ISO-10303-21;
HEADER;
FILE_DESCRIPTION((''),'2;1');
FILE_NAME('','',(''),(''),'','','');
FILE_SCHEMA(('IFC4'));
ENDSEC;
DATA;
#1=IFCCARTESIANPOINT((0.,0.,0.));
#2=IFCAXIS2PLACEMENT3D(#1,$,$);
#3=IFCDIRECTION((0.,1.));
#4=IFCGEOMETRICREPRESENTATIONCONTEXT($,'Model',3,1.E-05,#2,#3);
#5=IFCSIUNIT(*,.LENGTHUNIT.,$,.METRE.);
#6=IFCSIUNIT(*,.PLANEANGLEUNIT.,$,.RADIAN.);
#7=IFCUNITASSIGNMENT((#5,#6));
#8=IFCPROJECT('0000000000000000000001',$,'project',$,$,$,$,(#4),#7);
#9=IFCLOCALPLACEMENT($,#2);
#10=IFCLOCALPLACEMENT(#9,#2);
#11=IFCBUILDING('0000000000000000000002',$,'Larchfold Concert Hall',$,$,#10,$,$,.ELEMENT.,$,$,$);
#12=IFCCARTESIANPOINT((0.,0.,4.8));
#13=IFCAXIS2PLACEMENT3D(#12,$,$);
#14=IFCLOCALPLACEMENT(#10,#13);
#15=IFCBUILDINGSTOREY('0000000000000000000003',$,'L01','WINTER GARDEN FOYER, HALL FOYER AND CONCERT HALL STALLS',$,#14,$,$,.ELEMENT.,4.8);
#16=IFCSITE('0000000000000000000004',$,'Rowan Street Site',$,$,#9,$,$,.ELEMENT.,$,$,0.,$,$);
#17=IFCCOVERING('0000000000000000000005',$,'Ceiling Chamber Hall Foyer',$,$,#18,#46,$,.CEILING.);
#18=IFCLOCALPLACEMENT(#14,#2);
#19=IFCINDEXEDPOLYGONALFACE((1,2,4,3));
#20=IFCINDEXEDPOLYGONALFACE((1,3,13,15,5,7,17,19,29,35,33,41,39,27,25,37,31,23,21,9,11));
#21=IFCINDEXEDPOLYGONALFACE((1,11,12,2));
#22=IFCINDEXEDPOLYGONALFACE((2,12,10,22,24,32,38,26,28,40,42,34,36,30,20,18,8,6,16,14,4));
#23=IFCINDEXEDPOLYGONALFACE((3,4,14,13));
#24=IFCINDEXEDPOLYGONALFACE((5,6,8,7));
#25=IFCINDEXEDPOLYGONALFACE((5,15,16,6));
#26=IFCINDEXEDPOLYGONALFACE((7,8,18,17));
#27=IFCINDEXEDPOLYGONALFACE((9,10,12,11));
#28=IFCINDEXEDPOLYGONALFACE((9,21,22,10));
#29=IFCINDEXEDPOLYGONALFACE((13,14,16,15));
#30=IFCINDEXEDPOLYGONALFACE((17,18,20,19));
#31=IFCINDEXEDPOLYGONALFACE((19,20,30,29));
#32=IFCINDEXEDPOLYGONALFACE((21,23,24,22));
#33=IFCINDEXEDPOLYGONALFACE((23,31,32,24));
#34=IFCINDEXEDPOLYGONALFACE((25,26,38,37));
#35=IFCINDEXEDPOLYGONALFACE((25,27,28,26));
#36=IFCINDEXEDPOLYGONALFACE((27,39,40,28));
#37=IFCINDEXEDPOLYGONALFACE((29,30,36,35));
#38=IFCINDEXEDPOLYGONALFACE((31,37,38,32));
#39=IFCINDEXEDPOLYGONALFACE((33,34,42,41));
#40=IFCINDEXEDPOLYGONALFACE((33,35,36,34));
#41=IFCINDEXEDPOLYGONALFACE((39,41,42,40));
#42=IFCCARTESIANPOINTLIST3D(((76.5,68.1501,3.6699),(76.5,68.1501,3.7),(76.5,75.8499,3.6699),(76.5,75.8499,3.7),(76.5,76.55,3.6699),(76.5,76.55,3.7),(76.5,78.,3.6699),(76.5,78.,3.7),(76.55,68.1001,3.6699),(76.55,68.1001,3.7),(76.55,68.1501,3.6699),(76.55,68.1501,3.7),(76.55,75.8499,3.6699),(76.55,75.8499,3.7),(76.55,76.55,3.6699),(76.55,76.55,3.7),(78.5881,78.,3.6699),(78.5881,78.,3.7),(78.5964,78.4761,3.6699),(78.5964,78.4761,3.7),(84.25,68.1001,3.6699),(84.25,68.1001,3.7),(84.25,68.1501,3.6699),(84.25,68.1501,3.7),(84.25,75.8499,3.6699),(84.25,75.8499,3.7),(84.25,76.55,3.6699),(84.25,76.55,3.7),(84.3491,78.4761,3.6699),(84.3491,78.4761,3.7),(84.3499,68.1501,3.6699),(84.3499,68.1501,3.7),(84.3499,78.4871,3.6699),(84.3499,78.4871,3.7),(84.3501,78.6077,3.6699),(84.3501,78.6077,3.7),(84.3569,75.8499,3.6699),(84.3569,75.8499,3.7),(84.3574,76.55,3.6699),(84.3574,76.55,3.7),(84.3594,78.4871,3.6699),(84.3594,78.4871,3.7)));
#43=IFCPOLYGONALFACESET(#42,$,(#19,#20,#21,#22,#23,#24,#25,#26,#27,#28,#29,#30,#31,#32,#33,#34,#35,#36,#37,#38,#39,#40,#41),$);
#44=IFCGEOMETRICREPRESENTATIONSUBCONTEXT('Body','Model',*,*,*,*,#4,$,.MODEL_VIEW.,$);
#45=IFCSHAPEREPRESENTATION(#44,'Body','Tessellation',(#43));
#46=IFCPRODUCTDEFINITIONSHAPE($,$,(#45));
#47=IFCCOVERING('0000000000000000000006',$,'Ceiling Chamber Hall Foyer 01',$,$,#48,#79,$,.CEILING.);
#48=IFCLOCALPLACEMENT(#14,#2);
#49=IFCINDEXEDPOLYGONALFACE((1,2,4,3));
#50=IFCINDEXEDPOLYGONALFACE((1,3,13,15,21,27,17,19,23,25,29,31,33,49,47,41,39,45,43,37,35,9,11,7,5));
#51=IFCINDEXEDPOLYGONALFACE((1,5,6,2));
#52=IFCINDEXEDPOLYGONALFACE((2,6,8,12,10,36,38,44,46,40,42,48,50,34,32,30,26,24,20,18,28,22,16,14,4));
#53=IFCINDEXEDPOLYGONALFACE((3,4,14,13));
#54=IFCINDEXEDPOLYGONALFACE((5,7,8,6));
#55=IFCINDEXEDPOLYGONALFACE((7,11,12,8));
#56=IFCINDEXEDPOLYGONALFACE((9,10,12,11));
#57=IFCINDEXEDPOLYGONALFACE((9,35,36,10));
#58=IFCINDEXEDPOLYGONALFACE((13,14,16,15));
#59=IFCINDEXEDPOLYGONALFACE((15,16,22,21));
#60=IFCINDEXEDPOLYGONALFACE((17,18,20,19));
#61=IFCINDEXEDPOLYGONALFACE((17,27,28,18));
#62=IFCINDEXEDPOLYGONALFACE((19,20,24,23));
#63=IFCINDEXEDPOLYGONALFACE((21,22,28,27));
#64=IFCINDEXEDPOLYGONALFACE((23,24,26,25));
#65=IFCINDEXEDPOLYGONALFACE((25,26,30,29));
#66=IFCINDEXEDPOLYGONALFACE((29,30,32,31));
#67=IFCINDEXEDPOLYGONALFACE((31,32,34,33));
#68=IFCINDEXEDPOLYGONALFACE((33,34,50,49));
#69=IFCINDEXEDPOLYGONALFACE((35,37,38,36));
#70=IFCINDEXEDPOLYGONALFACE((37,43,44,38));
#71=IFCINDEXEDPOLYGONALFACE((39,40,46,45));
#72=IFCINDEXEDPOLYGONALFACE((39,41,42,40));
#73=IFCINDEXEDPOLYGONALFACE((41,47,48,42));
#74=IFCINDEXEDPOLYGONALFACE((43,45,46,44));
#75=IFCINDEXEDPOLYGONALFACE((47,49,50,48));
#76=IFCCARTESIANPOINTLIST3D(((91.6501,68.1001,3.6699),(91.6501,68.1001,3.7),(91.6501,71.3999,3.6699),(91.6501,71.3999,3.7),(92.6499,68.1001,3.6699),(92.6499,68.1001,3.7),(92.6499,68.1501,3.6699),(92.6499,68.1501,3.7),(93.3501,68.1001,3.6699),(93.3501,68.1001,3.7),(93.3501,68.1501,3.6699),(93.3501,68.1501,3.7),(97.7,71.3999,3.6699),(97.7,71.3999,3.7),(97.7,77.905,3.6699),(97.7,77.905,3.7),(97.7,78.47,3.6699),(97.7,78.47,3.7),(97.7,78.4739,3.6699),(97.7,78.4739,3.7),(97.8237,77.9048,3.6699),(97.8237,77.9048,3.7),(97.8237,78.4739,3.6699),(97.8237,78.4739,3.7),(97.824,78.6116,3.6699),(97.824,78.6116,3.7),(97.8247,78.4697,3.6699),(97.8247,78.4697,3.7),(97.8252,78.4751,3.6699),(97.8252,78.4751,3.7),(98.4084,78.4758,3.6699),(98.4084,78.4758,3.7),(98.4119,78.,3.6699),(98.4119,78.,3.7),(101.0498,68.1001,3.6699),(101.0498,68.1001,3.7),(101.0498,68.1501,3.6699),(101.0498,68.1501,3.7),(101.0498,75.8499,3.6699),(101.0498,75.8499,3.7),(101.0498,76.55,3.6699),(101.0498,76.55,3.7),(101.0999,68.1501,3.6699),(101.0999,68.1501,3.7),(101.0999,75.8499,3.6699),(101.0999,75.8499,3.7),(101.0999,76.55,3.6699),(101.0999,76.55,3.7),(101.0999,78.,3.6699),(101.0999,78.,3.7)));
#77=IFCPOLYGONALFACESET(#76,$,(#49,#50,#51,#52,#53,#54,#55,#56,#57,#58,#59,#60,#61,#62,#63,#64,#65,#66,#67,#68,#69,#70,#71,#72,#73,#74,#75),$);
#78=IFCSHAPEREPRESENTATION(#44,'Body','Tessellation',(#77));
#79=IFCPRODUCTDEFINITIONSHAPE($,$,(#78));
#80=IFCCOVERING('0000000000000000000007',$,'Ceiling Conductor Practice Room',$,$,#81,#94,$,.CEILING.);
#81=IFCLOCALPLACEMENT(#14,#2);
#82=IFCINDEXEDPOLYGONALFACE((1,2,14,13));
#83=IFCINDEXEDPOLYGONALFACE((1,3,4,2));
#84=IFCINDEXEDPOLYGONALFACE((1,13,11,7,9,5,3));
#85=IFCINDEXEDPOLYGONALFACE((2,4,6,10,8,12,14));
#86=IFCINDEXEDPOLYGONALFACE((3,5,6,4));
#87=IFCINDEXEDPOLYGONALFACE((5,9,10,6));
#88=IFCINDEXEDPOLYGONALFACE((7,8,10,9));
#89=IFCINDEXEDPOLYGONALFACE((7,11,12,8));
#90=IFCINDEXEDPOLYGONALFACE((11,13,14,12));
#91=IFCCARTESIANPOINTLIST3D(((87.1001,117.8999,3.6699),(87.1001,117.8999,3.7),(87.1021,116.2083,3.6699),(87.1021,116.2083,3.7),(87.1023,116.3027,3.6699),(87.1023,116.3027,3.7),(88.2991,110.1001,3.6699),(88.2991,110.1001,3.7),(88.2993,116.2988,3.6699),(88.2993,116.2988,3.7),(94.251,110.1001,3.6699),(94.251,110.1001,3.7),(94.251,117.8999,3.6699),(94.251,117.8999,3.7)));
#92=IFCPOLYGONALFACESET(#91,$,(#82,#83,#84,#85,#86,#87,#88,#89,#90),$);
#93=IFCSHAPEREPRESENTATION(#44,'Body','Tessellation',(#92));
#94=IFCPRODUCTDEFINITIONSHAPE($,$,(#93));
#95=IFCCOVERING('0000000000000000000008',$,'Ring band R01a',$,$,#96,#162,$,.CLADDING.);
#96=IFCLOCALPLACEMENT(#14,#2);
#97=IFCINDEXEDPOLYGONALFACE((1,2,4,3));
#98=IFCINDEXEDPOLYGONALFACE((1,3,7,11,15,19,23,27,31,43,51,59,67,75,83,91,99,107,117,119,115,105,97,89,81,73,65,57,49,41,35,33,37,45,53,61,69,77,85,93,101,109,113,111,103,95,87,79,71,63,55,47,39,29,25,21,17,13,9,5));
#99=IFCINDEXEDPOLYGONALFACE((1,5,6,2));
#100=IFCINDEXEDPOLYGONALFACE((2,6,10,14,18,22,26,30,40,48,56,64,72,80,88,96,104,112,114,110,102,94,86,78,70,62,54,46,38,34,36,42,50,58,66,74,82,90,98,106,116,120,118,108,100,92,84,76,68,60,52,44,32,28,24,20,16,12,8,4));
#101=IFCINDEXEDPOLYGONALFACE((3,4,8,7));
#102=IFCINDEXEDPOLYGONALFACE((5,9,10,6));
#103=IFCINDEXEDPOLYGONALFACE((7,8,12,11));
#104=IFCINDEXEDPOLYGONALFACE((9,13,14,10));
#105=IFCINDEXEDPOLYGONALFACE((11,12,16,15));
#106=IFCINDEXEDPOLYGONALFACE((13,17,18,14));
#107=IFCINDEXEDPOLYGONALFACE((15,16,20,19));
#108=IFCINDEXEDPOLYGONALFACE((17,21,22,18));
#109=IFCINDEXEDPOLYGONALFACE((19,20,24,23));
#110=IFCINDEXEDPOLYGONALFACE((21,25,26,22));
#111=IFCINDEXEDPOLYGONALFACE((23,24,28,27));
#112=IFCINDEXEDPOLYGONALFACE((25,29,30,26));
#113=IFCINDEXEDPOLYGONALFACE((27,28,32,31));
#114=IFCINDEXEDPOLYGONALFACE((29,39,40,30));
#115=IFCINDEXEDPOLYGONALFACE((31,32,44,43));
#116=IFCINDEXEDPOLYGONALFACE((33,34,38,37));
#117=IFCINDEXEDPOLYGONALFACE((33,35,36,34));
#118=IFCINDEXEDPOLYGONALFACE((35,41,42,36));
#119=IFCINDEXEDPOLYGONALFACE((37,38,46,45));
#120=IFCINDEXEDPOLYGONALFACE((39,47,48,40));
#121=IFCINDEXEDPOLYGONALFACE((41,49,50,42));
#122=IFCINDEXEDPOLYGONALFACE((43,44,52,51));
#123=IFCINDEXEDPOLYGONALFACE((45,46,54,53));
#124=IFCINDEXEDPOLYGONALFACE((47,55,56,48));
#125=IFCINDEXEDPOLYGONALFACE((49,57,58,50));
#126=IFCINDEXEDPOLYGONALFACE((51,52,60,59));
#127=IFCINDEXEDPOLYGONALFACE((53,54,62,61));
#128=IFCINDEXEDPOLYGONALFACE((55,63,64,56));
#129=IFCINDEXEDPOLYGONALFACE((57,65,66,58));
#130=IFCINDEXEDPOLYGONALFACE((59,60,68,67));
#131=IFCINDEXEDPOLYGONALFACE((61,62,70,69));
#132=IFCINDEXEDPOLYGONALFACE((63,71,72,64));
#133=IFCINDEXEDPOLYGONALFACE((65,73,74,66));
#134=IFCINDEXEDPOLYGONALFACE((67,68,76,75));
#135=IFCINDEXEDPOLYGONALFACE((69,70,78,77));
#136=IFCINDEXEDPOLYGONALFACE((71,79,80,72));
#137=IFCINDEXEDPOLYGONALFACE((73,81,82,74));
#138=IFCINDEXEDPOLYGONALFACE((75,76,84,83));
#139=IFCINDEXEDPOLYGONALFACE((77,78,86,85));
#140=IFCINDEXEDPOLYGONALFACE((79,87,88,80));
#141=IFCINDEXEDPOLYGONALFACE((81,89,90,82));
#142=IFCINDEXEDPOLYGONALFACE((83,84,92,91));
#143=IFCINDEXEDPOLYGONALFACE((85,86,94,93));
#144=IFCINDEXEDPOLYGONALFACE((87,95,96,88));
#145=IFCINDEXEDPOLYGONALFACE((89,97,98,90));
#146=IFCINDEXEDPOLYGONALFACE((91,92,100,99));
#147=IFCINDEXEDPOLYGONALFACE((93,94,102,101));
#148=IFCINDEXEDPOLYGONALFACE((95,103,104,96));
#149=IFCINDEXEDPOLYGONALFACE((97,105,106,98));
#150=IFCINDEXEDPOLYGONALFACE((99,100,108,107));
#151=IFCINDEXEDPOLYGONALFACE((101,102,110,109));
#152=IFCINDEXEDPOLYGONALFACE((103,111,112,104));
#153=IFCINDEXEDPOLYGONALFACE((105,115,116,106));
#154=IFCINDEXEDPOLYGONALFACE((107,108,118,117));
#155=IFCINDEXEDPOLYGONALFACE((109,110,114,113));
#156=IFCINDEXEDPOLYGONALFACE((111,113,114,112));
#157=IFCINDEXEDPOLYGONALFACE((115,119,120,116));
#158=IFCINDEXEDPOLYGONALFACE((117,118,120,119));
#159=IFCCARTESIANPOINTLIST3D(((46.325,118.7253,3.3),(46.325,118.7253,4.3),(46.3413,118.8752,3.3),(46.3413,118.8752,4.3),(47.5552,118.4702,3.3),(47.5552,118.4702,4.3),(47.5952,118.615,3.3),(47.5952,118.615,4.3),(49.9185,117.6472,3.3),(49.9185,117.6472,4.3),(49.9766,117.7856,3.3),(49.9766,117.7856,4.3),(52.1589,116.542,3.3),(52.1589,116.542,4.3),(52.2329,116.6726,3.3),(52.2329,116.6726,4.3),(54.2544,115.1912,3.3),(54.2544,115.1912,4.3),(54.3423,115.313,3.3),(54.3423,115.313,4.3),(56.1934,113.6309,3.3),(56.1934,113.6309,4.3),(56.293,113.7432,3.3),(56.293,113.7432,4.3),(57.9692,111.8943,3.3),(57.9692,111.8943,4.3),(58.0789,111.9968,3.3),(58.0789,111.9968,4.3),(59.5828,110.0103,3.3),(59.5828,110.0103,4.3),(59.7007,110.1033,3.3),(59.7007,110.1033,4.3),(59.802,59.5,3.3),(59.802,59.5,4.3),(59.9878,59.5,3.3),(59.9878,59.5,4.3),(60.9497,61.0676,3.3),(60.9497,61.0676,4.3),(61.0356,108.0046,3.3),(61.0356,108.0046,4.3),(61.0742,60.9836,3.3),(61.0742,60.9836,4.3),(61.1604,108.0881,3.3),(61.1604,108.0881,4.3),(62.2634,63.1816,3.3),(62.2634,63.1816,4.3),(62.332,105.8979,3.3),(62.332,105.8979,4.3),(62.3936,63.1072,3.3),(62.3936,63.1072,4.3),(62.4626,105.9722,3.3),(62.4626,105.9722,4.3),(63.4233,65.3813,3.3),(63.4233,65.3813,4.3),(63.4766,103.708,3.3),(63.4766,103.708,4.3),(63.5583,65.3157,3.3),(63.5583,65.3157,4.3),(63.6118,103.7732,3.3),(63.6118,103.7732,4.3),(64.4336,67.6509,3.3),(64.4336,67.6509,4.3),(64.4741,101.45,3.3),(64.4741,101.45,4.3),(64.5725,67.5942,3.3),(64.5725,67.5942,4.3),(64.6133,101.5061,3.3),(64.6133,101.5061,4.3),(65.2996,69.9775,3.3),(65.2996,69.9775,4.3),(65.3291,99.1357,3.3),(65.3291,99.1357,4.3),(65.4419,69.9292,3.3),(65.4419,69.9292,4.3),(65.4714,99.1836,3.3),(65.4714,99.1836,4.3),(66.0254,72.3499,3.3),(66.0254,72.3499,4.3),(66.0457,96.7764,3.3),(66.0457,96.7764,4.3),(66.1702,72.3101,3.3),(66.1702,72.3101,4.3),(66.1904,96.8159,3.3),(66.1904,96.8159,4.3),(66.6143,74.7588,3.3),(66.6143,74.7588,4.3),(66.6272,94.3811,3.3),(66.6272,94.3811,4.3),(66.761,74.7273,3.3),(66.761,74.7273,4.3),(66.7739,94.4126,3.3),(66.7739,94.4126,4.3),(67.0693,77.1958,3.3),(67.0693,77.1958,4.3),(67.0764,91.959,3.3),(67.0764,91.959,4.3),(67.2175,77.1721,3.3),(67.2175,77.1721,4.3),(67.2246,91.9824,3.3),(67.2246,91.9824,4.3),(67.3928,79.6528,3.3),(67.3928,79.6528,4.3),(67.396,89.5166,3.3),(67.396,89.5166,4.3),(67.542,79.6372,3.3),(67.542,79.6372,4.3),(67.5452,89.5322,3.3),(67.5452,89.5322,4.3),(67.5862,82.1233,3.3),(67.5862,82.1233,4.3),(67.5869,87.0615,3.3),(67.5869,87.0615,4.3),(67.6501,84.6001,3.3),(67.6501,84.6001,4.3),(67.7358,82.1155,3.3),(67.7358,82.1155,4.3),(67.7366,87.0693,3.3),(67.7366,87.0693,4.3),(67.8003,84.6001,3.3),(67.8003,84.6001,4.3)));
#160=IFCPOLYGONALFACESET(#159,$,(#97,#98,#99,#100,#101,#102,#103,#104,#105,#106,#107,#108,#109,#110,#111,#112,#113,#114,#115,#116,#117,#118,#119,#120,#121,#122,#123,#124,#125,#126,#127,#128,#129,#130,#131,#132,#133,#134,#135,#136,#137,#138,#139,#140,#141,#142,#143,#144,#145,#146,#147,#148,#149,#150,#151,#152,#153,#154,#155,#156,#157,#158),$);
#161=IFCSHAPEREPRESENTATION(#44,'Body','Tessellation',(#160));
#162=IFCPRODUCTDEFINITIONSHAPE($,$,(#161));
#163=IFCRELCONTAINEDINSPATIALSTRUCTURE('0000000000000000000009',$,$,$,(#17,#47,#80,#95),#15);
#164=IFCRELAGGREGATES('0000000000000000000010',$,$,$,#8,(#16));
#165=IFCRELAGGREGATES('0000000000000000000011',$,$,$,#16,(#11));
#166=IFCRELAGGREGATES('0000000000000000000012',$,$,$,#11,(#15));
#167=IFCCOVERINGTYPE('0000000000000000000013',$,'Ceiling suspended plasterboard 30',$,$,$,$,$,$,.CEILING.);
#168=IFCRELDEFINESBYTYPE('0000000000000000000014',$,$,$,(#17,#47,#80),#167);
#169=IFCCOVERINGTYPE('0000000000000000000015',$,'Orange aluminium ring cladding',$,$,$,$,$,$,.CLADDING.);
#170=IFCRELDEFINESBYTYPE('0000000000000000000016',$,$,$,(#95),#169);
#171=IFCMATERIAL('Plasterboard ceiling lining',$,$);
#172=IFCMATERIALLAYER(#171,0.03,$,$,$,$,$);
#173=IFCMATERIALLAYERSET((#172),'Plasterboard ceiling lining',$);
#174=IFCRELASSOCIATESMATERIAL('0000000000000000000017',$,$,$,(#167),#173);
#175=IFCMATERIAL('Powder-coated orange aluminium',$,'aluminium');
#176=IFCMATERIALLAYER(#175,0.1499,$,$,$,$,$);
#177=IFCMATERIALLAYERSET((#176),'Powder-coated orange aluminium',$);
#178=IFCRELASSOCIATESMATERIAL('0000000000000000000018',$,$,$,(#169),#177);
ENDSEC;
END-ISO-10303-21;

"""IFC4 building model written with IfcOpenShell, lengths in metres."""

from ifc_helpers import new_model, si_unit, direction, frame, origin, place, context, subcontext, project, spatial, polyline, outline, extrude, material, layer, layer_set, type_object, element, save


model = new_model("IFC4")

# Units and contexts
model_context = context("Model", 3, precision=1e-05, world=origin(), true_north=direction((0.0, 1.0)))
body_context = subcontext(model_context, "Body", "Model", "MODEL_VIEW")
ifc_project = project(units=[si_unit("LENGTHUNIT", "METRE"), si_unit("PLANEANGLEUNIT", "RADIAN")], contexts=[model_context])

# Site, building, storey
site_placement = place(None, origin())
site = spatial("IfcSite", under=ifc_project, at=site_placement, Name="Rowan Street Site", CompositionType="ELEMENT", RefElevation=0.0)
building_placement = place(site_placement, origin())
building = spatial("IfcBuilding", under=site, at=building_placement, Name="Larchfold Concert Hall", CompositionType="ELEMENT")
storey_placement = place(building_placement, frame((0.0, 0.0, 4.8)))
storey = spatial("IfcBuildingStorey", under=building, at=storey_placement, Name="L01", Description="WINTER GARDEN FOYER, HALL FOYER AND CONCERT HALL STALLS", CompositionType="ELEMENT", Elevation=4.8)

# Coverings
ifc_material_1 = material(Name="Plasterboard ceiling lining")
ifc_layer_1 = layer(ifc_material_1, 0.03)
ifc_layer_set_1 = layer_set([ifc_layer_1], Name="Plasterboard ceiling lining")
covering_type_1 = type_object("IfcCoveringType", Name="Ceiling suspended plasterboard 30", PredefinedType="CEILING", material=ifc_layer_set_1)
covering_1_placement = place(storey_placement, frame((0.0, 0.0, 3.6699)))
element("IfcCovering", 1, at=covering_1_placement, inside=storey, type_object=covering_type_1, Name="Ceiling Chamber Hall Foyer", PredefinedType="CEILING", context=body_context, shape_type="SweptSolid", body=[
    extrude(outline(polyline([(76.55, 68.1001), (84.25, 68.1001), (84.25, 68.1501), (84.3499, 68.1501), (84.3569, 75.8499), (84.25, 75.8499), (84.25, 76.55), (84.3574, 76.55), (84.3594, 78.4871), (84.3499, 78.4871), (84.3501, 78.6077), (84.3491, 78.4761), (78.5964, 78.4761), (78.5881, 78.0), (76.5, 78.0), (76.5, 76.55), (76.55, 76.55), (76.55, 75.8499), (76.5, 75.8499), (76.5, 68.1501), (76.55, 68.1501), (76.55, 68.1001)])), origin(), (0.0, 0.0, 1.0), 0.03),
])
covering_2_placement = place(storey_placement, frame((0.0, 0.0, 3.6699)))
element("IfcCovering", 2, at=covering_2_placement, inside=storey, type_object=covering_type_1, Name="Ceiling Chamber Hall Foyer 01", PredefinedType="CEILING", context=body_context, shape_type="SweptSolid", body=[
    extrude(outline(polyline([(97.7, 77.905), (97.7, 71.3999), (91.6501, 71.3999), (91.6501, 68.1001), (92.6499, 68.1001), (92.6499, 68.1501), (93.3501, 68.1501), (93.3501, 68.1001), (101.0498, 68.1001), (101.0498, 68.1501), (101.0999, 68.1501), (101.0999, 75.8499), (101.0498, 75.8499), (101.0498, 76.55), (101.0999, 76.55), (101.0999, 78.0), (98.4119, 78.0), (98.4084, 78.4758), (97.8252, 78.4751), (97.824, 78.6116), (97.8237, 78.4739), (97.7, 78.4739), (97.7, 78.47), (97.8247, 78.4697), (97.8237, 77.9048), (97.7, 77.905)])), origin(), (0.0, 0.0, 1.0), 0.03),
])
covering_3_placement = place(storey_placement, frame((0.0, 0.0, 3.6699)))
element("IfcCovering", 3, at=covering_3_placement, inside=storey, type_object=covering_type_1, Name="Ceiling Conductor Practice Room", PredefinedType="CEILING", context=body_context, shape_type="SweptSolid", body=[
    extrude(outline(polyline([(87.1021, 116.2083), (87.1023, 116.3027), (88.2993, 116.2988), (88.2991, 110.1001), (94.251, 110.1001), (94.251, 117.8999), (87.1001, 117.8999), (87.1021, 116.2083)])), origin(), (0.0, 0.0, 1.0), 0.03),
])
ifc_material_2 = material(Name="Powder-coated orange aluminium", Category="aluminium")
ifc_layer_2 = layer(ifc_material_2, 0.1499)
ifc_layer_set_2 = layer_set([ifc_layer_2], Name="Powder-coated orange aluminium")
covering_type_2 = type_object("IfcCoveringType", Name="Orange aluminium ring cladding", PredefinedType="CLADDING", material=ifc_layer_set_2)
covering_4_placement = place(storey_placement, frame((0.0, 0.0, 3.3)))
element("IfcCovering", 4, at=covering_4_placement, inside=storey, type_object=covering_type_2, Name="Ring band R01a", PredefinedType="CLADDING", context=body_context, shape_type="SweptSolid", body=[
    extrude(outline(polyline([(66.761, 74.7273), (67.2175, 77.1721), (67.542, 79.6372), (67.7358, 82.1155), (67.8003, 84.6001), (67.7366, 87.0693), (67.5452, 89.5322), (67.2246, 91.9824), (66.7739, 94.4126), (66.1904, 96.8159), (65.4714, 99.1836), (64.6133, 101.5061), (63.6118, 103.7732), (62.4626, 105.9722), (61.1604, 108.0881), (59.7007, 110.1033), (58.0789, 111.9968), (56.293, 113.7432), (54.3423, 115.313), (52.2329, 116.6726), (49.9766, 117.7856), (47.5952, 118.615), (46.3413, 118.8752), (46.325, 118.7253), (47.5552, 118.4702), (49.9185, 117.6472), (52.1589, 116.542), (54.2544, 115.1912), (56.1934, 113.6309), (57.9692, 111.8943), (59.5828, 110.0103), (61.0356, 108.0046), (62.332, 105.8979), (63.4766, 103.708), (64.4741, 101.45), (65.3291, 99.1357), (66.0457, 96.7764), (66.6272, 94.3811), (67.0764, 91.959), (67.396, 89.5166), (67.5869, 87.0615), (67.6501, 84.6001), (67.5862, 82.1233), (67.3928, 79.6528), (67.0693, 77.1958), (66.6143, 74.7588), (66.0254, 72.3499), (65.2996, 69.9775), (64.4336, 67.6509), (63.4233, 65.3813), (62.2634, 63.1816), (60.9497, 61.0676), (59.802, 59.5), (59.9878, 59.5), (61.0742, 60.9836), (62.3936, 63.1072), (63.5583, 65.3157), (64.5725, 67.5942), (65.4419, 69.9292), (66.1702, 72.3101), (66.761, 74.7273)])), origin(), (0.0, 0.0, 1.0), 1.0),
])

save(model, "model.ifc")
